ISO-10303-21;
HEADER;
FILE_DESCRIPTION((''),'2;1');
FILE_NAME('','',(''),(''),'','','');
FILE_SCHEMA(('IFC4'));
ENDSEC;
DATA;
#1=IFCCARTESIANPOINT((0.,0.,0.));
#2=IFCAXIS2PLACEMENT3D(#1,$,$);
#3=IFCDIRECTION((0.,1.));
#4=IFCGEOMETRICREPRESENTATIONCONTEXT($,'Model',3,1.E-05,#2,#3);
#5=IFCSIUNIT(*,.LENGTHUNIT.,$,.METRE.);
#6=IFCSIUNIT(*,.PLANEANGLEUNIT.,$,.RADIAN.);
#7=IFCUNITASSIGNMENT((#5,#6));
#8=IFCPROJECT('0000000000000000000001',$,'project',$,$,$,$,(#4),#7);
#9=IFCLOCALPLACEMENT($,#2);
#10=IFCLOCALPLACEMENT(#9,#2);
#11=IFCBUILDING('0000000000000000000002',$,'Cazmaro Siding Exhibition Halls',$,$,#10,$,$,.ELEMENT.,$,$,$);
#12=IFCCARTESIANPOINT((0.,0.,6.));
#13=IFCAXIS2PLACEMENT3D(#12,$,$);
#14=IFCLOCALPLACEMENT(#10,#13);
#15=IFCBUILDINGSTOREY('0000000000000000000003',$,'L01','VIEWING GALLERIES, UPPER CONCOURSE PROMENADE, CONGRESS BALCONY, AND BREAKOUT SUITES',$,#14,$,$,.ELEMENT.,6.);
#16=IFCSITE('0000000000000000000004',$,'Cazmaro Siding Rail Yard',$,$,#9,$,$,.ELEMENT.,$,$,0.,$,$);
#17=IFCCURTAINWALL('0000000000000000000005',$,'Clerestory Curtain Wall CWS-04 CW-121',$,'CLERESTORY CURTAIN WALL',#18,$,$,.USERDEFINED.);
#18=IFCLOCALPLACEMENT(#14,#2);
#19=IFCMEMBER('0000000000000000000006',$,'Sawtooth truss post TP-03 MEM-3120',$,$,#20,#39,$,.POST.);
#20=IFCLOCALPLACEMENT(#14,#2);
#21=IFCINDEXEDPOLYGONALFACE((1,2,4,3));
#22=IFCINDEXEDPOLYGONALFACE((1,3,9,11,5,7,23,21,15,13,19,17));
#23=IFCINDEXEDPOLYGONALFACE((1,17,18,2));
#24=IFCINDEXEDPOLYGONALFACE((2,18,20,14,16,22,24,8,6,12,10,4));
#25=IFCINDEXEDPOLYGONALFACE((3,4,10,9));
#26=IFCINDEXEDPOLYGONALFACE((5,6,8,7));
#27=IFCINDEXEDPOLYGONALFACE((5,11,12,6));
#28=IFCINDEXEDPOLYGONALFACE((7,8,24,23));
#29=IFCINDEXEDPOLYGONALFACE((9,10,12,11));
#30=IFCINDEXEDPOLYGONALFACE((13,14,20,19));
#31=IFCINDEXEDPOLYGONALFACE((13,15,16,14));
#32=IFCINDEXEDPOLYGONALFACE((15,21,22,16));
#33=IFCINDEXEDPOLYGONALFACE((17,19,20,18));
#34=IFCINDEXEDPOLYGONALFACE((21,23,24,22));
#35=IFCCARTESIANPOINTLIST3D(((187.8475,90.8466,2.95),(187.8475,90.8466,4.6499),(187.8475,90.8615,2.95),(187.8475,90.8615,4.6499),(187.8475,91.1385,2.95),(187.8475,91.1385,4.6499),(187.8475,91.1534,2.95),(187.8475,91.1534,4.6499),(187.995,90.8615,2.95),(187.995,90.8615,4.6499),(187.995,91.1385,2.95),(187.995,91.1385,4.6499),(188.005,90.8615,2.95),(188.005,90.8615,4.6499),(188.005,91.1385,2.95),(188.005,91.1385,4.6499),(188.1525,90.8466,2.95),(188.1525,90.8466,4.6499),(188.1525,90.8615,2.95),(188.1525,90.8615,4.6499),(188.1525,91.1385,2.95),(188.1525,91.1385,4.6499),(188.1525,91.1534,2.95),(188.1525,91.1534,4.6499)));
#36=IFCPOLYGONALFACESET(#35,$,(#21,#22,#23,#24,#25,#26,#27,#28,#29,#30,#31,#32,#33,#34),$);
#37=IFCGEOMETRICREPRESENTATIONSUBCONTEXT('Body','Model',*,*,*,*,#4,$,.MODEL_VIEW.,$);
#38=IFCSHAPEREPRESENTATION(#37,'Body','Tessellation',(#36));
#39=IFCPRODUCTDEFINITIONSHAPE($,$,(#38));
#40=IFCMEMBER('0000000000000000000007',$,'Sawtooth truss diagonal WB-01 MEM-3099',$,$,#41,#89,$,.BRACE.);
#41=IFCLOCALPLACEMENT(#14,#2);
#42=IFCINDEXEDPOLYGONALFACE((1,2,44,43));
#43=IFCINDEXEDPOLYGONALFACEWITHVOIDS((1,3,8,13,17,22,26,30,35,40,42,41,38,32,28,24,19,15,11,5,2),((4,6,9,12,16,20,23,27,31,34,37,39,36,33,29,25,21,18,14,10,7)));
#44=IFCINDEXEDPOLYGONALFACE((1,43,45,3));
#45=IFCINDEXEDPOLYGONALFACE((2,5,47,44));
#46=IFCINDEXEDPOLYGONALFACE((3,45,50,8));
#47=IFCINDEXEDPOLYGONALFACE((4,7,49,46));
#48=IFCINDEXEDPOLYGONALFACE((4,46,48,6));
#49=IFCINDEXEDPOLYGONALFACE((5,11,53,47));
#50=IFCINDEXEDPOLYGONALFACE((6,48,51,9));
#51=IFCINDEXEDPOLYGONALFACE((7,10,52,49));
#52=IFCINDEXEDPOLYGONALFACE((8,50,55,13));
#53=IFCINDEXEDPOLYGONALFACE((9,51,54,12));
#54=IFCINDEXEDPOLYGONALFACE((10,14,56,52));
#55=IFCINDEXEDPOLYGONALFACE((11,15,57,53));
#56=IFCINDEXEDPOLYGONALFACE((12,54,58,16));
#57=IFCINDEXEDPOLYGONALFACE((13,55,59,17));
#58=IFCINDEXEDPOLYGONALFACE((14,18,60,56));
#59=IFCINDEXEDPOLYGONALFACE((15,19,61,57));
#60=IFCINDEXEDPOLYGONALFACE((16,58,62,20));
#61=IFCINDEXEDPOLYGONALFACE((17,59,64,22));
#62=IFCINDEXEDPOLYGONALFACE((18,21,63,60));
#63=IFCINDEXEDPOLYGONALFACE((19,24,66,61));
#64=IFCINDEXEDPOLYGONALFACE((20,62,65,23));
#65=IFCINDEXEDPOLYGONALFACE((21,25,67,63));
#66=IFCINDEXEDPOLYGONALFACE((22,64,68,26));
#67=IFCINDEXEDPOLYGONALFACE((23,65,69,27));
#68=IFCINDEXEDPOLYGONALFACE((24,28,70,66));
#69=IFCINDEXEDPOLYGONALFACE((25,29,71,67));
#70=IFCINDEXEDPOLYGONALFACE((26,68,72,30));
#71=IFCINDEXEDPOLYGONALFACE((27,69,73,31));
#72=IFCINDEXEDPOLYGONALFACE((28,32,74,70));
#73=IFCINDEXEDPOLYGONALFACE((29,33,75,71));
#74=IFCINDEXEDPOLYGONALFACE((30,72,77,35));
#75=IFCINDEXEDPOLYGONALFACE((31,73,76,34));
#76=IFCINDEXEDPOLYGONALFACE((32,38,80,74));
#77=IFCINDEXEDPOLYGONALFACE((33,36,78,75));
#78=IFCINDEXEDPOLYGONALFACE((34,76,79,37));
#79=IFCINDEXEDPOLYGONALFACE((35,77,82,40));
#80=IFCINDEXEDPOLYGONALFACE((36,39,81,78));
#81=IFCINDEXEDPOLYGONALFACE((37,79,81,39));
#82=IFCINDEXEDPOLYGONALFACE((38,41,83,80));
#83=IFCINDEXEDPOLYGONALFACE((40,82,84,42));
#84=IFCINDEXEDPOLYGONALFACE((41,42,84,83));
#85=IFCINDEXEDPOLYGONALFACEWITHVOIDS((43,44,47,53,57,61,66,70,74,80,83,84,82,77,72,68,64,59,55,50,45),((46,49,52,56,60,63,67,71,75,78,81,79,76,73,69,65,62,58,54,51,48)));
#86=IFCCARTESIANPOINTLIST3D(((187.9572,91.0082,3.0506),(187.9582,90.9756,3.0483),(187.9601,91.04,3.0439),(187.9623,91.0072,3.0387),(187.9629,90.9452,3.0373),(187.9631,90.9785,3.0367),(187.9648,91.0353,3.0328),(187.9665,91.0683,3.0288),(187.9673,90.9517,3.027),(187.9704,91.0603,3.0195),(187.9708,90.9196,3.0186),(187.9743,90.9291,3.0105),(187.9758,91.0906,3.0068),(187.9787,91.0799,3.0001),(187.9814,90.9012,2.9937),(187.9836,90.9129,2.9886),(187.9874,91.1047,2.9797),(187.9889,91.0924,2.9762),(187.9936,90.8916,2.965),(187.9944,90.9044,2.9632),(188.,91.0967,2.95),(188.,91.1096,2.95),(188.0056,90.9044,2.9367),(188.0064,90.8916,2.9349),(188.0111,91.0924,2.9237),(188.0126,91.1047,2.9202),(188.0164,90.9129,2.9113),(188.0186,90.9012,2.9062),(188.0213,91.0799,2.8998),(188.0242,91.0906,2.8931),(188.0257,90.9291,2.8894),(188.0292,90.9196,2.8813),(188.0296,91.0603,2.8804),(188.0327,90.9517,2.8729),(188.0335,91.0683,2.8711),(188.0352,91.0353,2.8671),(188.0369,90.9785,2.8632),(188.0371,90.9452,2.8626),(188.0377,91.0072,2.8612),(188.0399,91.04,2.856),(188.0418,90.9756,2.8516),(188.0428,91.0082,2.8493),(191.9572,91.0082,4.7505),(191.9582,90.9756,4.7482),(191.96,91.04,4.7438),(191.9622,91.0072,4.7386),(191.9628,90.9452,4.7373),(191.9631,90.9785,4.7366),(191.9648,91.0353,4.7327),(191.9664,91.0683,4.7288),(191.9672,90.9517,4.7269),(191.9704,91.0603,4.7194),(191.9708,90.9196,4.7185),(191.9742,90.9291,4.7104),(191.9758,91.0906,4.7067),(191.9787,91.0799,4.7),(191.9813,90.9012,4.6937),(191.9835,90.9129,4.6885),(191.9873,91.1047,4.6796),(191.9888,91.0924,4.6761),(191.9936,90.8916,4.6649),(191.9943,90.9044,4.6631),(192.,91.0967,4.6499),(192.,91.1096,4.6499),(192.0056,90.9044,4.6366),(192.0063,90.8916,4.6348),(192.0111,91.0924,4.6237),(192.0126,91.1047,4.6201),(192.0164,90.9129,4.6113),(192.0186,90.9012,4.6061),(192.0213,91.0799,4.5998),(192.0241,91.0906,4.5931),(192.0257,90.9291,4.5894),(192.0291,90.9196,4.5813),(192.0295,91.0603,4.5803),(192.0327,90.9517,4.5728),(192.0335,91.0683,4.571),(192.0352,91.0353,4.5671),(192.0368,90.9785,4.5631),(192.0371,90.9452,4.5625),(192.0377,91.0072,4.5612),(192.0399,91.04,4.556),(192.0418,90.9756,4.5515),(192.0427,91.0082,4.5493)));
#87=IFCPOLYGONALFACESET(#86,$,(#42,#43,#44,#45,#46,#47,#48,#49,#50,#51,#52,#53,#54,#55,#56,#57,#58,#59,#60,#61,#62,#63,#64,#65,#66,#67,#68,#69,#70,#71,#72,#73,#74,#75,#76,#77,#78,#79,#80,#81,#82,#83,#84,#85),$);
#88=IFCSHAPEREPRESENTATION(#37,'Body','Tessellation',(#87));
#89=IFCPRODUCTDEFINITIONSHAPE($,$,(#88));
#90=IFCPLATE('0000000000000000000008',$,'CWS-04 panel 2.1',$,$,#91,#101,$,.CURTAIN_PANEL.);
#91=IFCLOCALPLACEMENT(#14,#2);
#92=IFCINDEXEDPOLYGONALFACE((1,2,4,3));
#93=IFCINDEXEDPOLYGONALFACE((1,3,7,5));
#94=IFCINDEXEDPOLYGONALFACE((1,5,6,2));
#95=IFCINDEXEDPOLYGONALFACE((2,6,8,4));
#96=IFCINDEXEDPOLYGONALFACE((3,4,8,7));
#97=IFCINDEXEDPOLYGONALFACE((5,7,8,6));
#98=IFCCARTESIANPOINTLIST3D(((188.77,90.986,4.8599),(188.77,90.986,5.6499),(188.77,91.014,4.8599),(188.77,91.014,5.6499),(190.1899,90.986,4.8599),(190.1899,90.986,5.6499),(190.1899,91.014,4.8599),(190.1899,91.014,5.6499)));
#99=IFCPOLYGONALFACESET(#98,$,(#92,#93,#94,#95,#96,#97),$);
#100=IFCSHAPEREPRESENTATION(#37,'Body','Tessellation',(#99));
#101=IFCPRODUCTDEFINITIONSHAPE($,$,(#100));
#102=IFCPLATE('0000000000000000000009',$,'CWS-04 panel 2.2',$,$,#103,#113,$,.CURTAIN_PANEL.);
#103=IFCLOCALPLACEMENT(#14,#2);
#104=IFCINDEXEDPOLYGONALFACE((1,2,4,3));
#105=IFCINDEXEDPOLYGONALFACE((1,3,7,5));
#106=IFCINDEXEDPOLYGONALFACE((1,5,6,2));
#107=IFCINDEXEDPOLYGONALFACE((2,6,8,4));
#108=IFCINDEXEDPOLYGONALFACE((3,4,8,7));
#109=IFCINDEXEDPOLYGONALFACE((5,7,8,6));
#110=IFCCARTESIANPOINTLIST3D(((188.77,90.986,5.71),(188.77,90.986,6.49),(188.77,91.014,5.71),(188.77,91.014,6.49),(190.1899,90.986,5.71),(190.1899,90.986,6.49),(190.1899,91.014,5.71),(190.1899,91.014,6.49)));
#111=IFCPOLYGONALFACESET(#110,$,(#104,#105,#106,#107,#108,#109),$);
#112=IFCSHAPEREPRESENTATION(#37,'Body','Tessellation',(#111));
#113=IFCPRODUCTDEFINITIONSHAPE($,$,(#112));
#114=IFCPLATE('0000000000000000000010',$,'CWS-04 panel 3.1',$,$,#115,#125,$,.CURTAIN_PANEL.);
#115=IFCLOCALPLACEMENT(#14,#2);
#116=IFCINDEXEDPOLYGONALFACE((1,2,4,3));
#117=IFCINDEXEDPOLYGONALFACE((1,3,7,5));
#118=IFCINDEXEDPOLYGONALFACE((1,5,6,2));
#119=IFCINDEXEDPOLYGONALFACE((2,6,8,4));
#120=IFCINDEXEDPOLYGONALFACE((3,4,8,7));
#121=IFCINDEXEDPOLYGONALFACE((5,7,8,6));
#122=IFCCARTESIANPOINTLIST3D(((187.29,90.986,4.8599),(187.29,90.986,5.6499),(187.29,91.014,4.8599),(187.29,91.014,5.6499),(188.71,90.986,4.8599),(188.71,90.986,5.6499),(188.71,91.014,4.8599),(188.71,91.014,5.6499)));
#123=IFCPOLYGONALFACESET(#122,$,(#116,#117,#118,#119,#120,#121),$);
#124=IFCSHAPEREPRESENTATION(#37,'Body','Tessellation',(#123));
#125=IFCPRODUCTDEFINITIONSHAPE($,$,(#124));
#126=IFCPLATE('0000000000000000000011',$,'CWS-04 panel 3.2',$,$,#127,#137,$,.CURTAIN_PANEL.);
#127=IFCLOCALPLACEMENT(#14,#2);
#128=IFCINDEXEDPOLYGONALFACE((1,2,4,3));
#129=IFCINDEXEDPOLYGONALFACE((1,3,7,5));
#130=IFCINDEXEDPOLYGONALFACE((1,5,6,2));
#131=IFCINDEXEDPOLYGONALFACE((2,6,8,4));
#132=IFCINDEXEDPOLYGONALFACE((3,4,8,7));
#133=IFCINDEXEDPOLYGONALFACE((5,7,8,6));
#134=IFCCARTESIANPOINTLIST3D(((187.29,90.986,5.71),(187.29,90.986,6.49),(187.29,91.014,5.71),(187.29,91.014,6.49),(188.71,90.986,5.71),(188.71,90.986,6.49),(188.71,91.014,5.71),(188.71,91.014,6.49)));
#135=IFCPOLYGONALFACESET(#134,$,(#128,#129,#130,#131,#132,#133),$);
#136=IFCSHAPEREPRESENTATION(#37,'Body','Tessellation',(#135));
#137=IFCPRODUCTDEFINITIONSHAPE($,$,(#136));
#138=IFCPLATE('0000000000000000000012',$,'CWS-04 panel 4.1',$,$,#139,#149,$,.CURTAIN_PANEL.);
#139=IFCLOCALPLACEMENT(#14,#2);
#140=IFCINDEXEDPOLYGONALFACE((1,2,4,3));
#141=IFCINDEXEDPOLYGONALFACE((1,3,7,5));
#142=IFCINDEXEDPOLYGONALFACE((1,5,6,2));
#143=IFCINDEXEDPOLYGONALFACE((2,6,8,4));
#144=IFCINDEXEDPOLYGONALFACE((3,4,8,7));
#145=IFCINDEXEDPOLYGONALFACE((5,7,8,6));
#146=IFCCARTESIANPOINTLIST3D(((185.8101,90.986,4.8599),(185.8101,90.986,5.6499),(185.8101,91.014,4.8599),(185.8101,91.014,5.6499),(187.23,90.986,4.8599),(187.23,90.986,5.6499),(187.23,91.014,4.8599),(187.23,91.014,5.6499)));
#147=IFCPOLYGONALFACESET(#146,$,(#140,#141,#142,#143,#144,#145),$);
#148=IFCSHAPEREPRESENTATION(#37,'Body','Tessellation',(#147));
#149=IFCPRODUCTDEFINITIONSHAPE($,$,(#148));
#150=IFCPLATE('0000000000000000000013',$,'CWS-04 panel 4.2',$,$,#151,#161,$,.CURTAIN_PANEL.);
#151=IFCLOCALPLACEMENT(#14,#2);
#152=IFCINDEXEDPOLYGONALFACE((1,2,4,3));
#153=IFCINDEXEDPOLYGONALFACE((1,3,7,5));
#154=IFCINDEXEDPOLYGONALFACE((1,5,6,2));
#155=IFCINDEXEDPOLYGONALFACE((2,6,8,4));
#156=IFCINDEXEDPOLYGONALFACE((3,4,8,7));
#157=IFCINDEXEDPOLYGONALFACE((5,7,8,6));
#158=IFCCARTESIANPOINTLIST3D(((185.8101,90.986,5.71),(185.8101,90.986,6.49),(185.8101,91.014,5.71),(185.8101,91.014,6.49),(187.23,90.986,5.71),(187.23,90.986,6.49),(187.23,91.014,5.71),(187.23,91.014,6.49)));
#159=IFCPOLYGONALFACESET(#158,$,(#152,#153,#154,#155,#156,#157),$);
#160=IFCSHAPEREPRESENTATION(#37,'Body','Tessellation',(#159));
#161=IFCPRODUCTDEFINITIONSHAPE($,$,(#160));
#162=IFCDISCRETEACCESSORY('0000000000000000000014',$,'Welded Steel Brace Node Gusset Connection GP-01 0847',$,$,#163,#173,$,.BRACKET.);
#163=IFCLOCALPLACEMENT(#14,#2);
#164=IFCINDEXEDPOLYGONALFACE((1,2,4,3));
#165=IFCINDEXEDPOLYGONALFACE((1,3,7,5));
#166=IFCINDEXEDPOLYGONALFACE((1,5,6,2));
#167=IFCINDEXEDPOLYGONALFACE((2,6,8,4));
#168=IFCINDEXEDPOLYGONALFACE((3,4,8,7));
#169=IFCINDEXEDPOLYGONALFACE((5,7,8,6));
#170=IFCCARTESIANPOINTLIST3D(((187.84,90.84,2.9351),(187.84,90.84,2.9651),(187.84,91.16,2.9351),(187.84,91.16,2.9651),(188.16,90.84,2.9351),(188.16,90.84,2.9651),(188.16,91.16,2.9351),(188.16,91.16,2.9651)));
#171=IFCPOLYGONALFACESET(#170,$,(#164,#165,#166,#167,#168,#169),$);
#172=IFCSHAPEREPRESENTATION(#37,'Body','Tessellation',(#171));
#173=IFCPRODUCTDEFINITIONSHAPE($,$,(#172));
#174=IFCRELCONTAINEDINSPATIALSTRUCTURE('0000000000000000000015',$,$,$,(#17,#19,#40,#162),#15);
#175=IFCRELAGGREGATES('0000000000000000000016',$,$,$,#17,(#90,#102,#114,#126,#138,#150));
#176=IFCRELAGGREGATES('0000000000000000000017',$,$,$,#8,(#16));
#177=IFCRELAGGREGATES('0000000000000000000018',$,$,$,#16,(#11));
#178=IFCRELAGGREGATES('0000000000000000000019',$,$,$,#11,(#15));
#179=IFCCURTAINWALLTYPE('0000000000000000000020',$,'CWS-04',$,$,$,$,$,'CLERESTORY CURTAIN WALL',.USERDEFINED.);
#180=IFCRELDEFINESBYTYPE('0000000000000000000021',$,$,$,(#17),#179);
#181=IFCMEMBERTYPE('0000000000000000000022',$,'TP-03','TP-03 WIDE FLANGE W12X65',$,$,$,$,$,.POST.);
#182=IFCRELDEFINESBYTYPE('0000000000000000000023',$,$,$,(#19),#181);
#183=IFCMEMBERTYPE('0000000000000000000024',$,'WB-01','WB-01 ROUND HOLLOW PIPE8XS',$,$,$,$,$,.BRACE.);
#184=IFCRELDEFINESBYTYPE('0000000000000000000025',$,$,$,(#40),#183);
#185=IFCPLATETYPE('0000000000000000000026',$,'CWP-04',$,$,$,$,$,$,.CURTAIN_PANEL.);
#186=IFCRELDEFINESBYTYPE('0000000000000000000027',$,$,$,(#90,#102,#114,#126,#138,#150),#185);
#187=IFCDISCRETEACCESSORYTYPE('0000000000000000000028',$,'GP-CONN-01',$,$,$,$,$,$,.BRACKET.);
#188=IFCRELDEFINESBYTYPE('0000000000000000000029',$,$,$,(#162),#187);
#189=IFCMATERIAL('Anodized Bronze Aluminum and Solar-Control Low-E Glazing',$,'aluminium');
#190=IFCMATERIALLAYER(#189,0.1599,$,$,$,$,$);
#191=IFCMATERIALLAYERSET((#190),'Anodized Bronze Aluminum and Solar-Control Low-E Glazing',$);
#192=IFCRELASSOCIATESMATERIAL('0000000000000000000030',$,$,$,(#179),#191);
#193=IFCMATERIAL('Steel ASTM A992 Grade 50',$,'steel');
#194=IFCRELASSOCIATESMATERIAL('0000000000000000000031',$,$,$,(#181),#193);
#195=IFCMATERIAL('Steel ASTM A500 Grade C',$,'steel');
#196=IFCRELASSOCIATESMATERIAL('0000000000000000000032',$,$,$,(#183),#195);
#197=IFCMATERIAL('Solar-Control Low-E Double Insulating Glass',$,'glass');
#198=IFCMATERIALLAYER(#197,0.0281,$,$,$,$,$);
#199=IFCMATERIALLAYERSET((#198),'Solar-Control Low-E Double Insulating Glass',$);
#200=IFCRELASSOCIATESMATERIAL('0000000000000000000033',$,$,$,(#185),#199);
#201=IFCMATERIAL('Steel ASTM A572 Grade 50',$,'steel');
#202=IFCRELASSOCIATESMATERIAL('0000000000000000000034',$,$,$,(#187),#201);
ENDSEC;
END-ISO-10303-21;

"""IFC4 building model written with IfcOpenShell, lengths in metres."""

from ifc_helpers import new_model, si_unit, direction, frame, origin, origin_2d, place, context, subcontext, project, spatial, rectangle, hollow_circle, i_section, extrude, material, layer, layer_set, material_profile, profile_set, type_object, element, aggregate, save


model = new_model("IFC4")

# Units and contexts
model_context = context("Model", 3, precision=1e-05, world=origin(), true_north=direction((0.0, 1.0)))
body_context = subcontext(model_context, "Body", "Model", "MODEL_VIEW")
ifc_project = project(units=[si_unit("LENGTHUNIT", "METRE"), si_unit("PLANEANGLEUNIT", "RADIAN")], contexts=[model_context])

# Site, building, storey
site_placement = place(None, origin())
site = spatial("IfcSite", under=ifc_project, at=site_placement, Name="Cazmaro Siding Rail Yard", CompositionType="ELEMENT", RefElevation=0.0)
building_placement = place(site_placement, origin())
building = spatial("IfcBuilding", under=site, at=building_placement, Name="Cazmaro Siding Exhibition Halls", CompositionType="ELEMENT")
storey_placement = place(building_placement, frame((0.0, 0.0, 6.0)))
storey = spatial("IfcBuildingStorey", under=building, at=storey_placement, Name="L01", Description="VIEWING GALLERIES, UPPER CONCOURSE PROMENADE, CONGRESS BALCONY, AND BREAKOUT SUITES", CompositionType="ELEMENT", Elevation=6.0)

# Curtain wall
ifc_material_1 = material(Name="Anodized Bronze Aluminum and Solar-Control Low-E Glazing", Category="aluminium")
ifc_layer_1 = layer(ifc_material_1, 0.1599)
ifc_layer_set_1 = layer_set([ifc_layer_1], Name="Anodized Bronze Aluminum and Solar-Control Low-E Glazing")
curtain_wall_type = type_object("IfcCurtainWallType", Name="CWS-04", ElementType="CLERESTORY CURTAIN WALL", PredefinedType="USERDEFINED", material=ifc_layer_set_1)
curtain_wall_placement = place(storey_placement, origin())
curtain_wall = element("IfcCurtainWall", 1, at=curtain_wall_placement, inside=storey, type_object=curtain_wall_type, Name="Clerestory Curtain Wall CWS-04 CW-121", ObjectType="CLERESTORY CURTAIN WALL", PredefinedType="USERDEFINED")

# Members
ifc_material_2 = material(Name="Steel ASTM A992 Grade 50", Category="steel")
ifc_material_profile_1 = material_profile(ifc_material_2, i_section(OverallWidth=0.3049, OverallDepth=0.3069, WebThickness=0.01, FlangeThickness=0.0149, at=origin_2d()), Name="W12X65")
ifc_profile_set_1 = profile_set([ifc_material_profile_1], Name="Steel ASTM A992 Grade 50")
member_type_1 = type_object("IfcMemberType", Name="TP-03", Description="TP-03 WIDE FLANGE W12X65", PredefinedType="POST", material=ifc_profile_set_1)
member_1_placement = place(storey_placement, frame((188.0, 91.0, 2.95), z_axis=(0.0, 0.0, 1.0), x_axis=(1.0, 0.0, 0.0)))
element("IfcMember", 2, at=member_1_placement, inside=storey, type_object=member_type_1, Name="Sawtooth truss post TP-03 MEM-3120", PredefinedType="POST", context=body_context, shape_type="SweptSolid", body=[
    extrude(i_section(OverallWidth=0.3049, OverallDepth=0.3069, WebThickness=0.01, FlangeThickness=0.0149, at=origin_2d()), origin(), (0.0, 0.0, 1.0), 1.7),
])
ifc_material_3 = material(Name="Steel ASTM A500 Grade C", Category="steel")
ifc_material_profile_2 = material_profile(ifc_material_3, hollow_circle(Radius=0.1096, WallThickness=0.0129, at=origin_2d()), Name="PIPE8XS")
ifc_profile_set_2 = profile_set([ifc_material_profile_2], Name="Steel ASTM A500 Grade C")
member_type_2 = type_object("IfcMemberType", Name="WB-01", Description="WB-01 ROUND HOLLOW PIPE8XS", PredefinedType="BRACE", material=ifc_profile_set_2)
member_2_placement = place(storey_placement, frame((188.0, 91.0, 2.95), z_axis=(0.920335, 0.0, 0.391131), x_axis=(0.0, 1.0, 0.0)))
element("IfcMember", 3, at=member_2_placement, inside=storey, type_object=member_type_2, Name="Sawtooth truss diagonal WB-01 MEM-3099", PredefinedType="BRACE", context=body_context, shape_type="SweptSolid", body=[
    extrude(hollow_circle(Radius=0.1096, WallThickness=0.0129, at=origin_2d()), origin(), (0.0, 0.0, 1.0), 4.3462),
])

# Plates
ifc_material_4 = material(Name="Solar-Control Low-E Double Insulating Glass", Category="glass")
ifc_layer_2 = layer(ifc_material_4, 0.0281)
ifc_layer_set_2 = layer_set([ifc_layer_2], Name="Solar-Control Low-E Double Insulating Glass")
plate_type = type_object("IfcPlateType", Name="CWP-04", PredefinedType="CURTAIN_PANEL", material=ifc_layer_set_2)
plate_1_placement = place(storey_placement, frame((189.48, 91.0, 4.8599), z_axis=(0.0, 0.0, 1.0), x_axis=(-1.0, 0.0, 0.0)))
plate_1 = element("IfcPlate", 4, at=plate_1_placement, type_object=plate_type, Name="CWS-04 panel 2.1", PredefinedType="CURTAIN_PANEL", context=body_context, shape_type="SweptSolid", body=[
    extrude(rectangle(XDim=1.4199, YDim=0.0281, at=origin_2d()), origin(), (0.0, 0.0, 1.0), 0.79),
])
plate_2_placement = place(storey_placement, frame((189.48, 91.0, 5.71), z_axis=(0.0, 0.0, 1.0), x_axis=(-1.0, 0.0, 0.0)))
plate_2 = element("IfcPlate", 5, at=plate_2_placement, type_object=plate_type, Name="CWS-04 panel 2.2", PredefinedType="CURTAIN_PANEL", context=body_context, shape_type="SweptSolid", body=[
    extrude(rectangle(XDim=1.4199, YDim=0.0281, at=origin_2d()), origin(), (0.0, 0.0, 1.0), 0.78),
])
plate_3_placement = place(storey_placement, frame((188.0, 91.0, 4.8599), z_axis=(0.0, 0.0, 1.0), x_axis=(-1.0, 0.0, 0.0)))
plate_3 = element("IfcPlate", 6, at=plate_3_placement, type_object=plate_type, Name="CWS-04 panel 3.1", PredefinedType="CURTAIN_PANEL", context=body_context, shape_type="SweptSolid", body=[
    extrude(rectangle(XDim=1.4199, YDim=0.0281, at=origin_2d()), origin(), (0.0, 0.0, 1.0), 0.79),
])
plate_4_placement = place(storey_placement, frame((188.0, 91.0, 5.71), z_axis=(0.0, 0.0, 1.0), x_axis=(-1.0, 0.0, 0.0)))
plate_4 = element("IfcPlate", 7, at=plate_4_placement, type_object=plate_type, Name="CWS-04 panel 3.2", PredefinedType="CURTAIN_PANEL", context=body_context, shape_type="SweptSolid", body=[
    extrude(rectangle(XDim=1.4199, YDim=0.0281, at=origin_2d()), origin(), (0.0, 0.0, 1.0), 0.78),
])
plate_5_placement = place(storey_placement, frame((186.52, 91.0, 4.8599), z_axis=(0.0, 0.0, 1.0), x_axis=(-1.0, 0.0, 0.0)))
plate_5 = element("IfcPlate", 8, at=plate_5_placement, type_object=plate_type, Name="CWS-04 panel 4.1", PredefinedType="CURTAIN_PANEL", context=body_context, shape_type="SweptSolid", body=[
    extrude(rectangle(XDim=1.4199, YDim=0.0281, at=origin_2d()), origin(), (0.0, 0.0, 1.0), 0.79),
])
plate_6_placement = place(storey_placement, frame((186.52, 91.0, 5.71), z_axis=(0.0, 0.0, 1.0), x_axis=(-1.0, 0.0, 0.0)))
plate_6 = element("IfcPlate", 9, at=plate_6_placement, type_object=plate_type, Name="CWS-04 panel 4.2", PredefinedType="CURTAIN_PANEL", context=body_context, shape_type="SweptSolid", body=[
    extrude(rectangle(XDim=1.4199, YDim=0.0281, at=origin_2d()), origin(), (0.0, 0.0, 1.0), 0.78),
])
aggregate(curtain_wall, [plate_1, plate_2, plate_3, plate_4, plate_5, plate_6])

# Discrete accessory
ifc_material_5 = material(Name="Steel ASTM A572 Grade 50", Category="steel")
discrete_accessory_type = type_object("IfcDiscreteAccessoryType", Name="GP-CONN-01", PredefinedType="BRACKET", material=ifc_material_5)
discrete_accessory_placement = place(storey_placement, frame((188.0, 91.0, 2.9351), z_axis=(0.0, 0.0, 1.0), x_axis=(1.0, 0.0, 0.0)))
element("IfcDiscreteAccessory", 10, at=discrete_accessory_placement, inside=storey, type_object=discrete_accessory_type, Name="Welded Steel Brace Node Gusset Connection GP-01 0847", PredefinedType="BRACKET", context=body_context, shape_type="SweptSolid", body=[
    extrude(rectangle(XDim=0.3201, YDim=0.3201, at=origin_2d()), origin(), (0.0, 0.0, 1.0), 0.03),
])

save(model, "model.ifc")
